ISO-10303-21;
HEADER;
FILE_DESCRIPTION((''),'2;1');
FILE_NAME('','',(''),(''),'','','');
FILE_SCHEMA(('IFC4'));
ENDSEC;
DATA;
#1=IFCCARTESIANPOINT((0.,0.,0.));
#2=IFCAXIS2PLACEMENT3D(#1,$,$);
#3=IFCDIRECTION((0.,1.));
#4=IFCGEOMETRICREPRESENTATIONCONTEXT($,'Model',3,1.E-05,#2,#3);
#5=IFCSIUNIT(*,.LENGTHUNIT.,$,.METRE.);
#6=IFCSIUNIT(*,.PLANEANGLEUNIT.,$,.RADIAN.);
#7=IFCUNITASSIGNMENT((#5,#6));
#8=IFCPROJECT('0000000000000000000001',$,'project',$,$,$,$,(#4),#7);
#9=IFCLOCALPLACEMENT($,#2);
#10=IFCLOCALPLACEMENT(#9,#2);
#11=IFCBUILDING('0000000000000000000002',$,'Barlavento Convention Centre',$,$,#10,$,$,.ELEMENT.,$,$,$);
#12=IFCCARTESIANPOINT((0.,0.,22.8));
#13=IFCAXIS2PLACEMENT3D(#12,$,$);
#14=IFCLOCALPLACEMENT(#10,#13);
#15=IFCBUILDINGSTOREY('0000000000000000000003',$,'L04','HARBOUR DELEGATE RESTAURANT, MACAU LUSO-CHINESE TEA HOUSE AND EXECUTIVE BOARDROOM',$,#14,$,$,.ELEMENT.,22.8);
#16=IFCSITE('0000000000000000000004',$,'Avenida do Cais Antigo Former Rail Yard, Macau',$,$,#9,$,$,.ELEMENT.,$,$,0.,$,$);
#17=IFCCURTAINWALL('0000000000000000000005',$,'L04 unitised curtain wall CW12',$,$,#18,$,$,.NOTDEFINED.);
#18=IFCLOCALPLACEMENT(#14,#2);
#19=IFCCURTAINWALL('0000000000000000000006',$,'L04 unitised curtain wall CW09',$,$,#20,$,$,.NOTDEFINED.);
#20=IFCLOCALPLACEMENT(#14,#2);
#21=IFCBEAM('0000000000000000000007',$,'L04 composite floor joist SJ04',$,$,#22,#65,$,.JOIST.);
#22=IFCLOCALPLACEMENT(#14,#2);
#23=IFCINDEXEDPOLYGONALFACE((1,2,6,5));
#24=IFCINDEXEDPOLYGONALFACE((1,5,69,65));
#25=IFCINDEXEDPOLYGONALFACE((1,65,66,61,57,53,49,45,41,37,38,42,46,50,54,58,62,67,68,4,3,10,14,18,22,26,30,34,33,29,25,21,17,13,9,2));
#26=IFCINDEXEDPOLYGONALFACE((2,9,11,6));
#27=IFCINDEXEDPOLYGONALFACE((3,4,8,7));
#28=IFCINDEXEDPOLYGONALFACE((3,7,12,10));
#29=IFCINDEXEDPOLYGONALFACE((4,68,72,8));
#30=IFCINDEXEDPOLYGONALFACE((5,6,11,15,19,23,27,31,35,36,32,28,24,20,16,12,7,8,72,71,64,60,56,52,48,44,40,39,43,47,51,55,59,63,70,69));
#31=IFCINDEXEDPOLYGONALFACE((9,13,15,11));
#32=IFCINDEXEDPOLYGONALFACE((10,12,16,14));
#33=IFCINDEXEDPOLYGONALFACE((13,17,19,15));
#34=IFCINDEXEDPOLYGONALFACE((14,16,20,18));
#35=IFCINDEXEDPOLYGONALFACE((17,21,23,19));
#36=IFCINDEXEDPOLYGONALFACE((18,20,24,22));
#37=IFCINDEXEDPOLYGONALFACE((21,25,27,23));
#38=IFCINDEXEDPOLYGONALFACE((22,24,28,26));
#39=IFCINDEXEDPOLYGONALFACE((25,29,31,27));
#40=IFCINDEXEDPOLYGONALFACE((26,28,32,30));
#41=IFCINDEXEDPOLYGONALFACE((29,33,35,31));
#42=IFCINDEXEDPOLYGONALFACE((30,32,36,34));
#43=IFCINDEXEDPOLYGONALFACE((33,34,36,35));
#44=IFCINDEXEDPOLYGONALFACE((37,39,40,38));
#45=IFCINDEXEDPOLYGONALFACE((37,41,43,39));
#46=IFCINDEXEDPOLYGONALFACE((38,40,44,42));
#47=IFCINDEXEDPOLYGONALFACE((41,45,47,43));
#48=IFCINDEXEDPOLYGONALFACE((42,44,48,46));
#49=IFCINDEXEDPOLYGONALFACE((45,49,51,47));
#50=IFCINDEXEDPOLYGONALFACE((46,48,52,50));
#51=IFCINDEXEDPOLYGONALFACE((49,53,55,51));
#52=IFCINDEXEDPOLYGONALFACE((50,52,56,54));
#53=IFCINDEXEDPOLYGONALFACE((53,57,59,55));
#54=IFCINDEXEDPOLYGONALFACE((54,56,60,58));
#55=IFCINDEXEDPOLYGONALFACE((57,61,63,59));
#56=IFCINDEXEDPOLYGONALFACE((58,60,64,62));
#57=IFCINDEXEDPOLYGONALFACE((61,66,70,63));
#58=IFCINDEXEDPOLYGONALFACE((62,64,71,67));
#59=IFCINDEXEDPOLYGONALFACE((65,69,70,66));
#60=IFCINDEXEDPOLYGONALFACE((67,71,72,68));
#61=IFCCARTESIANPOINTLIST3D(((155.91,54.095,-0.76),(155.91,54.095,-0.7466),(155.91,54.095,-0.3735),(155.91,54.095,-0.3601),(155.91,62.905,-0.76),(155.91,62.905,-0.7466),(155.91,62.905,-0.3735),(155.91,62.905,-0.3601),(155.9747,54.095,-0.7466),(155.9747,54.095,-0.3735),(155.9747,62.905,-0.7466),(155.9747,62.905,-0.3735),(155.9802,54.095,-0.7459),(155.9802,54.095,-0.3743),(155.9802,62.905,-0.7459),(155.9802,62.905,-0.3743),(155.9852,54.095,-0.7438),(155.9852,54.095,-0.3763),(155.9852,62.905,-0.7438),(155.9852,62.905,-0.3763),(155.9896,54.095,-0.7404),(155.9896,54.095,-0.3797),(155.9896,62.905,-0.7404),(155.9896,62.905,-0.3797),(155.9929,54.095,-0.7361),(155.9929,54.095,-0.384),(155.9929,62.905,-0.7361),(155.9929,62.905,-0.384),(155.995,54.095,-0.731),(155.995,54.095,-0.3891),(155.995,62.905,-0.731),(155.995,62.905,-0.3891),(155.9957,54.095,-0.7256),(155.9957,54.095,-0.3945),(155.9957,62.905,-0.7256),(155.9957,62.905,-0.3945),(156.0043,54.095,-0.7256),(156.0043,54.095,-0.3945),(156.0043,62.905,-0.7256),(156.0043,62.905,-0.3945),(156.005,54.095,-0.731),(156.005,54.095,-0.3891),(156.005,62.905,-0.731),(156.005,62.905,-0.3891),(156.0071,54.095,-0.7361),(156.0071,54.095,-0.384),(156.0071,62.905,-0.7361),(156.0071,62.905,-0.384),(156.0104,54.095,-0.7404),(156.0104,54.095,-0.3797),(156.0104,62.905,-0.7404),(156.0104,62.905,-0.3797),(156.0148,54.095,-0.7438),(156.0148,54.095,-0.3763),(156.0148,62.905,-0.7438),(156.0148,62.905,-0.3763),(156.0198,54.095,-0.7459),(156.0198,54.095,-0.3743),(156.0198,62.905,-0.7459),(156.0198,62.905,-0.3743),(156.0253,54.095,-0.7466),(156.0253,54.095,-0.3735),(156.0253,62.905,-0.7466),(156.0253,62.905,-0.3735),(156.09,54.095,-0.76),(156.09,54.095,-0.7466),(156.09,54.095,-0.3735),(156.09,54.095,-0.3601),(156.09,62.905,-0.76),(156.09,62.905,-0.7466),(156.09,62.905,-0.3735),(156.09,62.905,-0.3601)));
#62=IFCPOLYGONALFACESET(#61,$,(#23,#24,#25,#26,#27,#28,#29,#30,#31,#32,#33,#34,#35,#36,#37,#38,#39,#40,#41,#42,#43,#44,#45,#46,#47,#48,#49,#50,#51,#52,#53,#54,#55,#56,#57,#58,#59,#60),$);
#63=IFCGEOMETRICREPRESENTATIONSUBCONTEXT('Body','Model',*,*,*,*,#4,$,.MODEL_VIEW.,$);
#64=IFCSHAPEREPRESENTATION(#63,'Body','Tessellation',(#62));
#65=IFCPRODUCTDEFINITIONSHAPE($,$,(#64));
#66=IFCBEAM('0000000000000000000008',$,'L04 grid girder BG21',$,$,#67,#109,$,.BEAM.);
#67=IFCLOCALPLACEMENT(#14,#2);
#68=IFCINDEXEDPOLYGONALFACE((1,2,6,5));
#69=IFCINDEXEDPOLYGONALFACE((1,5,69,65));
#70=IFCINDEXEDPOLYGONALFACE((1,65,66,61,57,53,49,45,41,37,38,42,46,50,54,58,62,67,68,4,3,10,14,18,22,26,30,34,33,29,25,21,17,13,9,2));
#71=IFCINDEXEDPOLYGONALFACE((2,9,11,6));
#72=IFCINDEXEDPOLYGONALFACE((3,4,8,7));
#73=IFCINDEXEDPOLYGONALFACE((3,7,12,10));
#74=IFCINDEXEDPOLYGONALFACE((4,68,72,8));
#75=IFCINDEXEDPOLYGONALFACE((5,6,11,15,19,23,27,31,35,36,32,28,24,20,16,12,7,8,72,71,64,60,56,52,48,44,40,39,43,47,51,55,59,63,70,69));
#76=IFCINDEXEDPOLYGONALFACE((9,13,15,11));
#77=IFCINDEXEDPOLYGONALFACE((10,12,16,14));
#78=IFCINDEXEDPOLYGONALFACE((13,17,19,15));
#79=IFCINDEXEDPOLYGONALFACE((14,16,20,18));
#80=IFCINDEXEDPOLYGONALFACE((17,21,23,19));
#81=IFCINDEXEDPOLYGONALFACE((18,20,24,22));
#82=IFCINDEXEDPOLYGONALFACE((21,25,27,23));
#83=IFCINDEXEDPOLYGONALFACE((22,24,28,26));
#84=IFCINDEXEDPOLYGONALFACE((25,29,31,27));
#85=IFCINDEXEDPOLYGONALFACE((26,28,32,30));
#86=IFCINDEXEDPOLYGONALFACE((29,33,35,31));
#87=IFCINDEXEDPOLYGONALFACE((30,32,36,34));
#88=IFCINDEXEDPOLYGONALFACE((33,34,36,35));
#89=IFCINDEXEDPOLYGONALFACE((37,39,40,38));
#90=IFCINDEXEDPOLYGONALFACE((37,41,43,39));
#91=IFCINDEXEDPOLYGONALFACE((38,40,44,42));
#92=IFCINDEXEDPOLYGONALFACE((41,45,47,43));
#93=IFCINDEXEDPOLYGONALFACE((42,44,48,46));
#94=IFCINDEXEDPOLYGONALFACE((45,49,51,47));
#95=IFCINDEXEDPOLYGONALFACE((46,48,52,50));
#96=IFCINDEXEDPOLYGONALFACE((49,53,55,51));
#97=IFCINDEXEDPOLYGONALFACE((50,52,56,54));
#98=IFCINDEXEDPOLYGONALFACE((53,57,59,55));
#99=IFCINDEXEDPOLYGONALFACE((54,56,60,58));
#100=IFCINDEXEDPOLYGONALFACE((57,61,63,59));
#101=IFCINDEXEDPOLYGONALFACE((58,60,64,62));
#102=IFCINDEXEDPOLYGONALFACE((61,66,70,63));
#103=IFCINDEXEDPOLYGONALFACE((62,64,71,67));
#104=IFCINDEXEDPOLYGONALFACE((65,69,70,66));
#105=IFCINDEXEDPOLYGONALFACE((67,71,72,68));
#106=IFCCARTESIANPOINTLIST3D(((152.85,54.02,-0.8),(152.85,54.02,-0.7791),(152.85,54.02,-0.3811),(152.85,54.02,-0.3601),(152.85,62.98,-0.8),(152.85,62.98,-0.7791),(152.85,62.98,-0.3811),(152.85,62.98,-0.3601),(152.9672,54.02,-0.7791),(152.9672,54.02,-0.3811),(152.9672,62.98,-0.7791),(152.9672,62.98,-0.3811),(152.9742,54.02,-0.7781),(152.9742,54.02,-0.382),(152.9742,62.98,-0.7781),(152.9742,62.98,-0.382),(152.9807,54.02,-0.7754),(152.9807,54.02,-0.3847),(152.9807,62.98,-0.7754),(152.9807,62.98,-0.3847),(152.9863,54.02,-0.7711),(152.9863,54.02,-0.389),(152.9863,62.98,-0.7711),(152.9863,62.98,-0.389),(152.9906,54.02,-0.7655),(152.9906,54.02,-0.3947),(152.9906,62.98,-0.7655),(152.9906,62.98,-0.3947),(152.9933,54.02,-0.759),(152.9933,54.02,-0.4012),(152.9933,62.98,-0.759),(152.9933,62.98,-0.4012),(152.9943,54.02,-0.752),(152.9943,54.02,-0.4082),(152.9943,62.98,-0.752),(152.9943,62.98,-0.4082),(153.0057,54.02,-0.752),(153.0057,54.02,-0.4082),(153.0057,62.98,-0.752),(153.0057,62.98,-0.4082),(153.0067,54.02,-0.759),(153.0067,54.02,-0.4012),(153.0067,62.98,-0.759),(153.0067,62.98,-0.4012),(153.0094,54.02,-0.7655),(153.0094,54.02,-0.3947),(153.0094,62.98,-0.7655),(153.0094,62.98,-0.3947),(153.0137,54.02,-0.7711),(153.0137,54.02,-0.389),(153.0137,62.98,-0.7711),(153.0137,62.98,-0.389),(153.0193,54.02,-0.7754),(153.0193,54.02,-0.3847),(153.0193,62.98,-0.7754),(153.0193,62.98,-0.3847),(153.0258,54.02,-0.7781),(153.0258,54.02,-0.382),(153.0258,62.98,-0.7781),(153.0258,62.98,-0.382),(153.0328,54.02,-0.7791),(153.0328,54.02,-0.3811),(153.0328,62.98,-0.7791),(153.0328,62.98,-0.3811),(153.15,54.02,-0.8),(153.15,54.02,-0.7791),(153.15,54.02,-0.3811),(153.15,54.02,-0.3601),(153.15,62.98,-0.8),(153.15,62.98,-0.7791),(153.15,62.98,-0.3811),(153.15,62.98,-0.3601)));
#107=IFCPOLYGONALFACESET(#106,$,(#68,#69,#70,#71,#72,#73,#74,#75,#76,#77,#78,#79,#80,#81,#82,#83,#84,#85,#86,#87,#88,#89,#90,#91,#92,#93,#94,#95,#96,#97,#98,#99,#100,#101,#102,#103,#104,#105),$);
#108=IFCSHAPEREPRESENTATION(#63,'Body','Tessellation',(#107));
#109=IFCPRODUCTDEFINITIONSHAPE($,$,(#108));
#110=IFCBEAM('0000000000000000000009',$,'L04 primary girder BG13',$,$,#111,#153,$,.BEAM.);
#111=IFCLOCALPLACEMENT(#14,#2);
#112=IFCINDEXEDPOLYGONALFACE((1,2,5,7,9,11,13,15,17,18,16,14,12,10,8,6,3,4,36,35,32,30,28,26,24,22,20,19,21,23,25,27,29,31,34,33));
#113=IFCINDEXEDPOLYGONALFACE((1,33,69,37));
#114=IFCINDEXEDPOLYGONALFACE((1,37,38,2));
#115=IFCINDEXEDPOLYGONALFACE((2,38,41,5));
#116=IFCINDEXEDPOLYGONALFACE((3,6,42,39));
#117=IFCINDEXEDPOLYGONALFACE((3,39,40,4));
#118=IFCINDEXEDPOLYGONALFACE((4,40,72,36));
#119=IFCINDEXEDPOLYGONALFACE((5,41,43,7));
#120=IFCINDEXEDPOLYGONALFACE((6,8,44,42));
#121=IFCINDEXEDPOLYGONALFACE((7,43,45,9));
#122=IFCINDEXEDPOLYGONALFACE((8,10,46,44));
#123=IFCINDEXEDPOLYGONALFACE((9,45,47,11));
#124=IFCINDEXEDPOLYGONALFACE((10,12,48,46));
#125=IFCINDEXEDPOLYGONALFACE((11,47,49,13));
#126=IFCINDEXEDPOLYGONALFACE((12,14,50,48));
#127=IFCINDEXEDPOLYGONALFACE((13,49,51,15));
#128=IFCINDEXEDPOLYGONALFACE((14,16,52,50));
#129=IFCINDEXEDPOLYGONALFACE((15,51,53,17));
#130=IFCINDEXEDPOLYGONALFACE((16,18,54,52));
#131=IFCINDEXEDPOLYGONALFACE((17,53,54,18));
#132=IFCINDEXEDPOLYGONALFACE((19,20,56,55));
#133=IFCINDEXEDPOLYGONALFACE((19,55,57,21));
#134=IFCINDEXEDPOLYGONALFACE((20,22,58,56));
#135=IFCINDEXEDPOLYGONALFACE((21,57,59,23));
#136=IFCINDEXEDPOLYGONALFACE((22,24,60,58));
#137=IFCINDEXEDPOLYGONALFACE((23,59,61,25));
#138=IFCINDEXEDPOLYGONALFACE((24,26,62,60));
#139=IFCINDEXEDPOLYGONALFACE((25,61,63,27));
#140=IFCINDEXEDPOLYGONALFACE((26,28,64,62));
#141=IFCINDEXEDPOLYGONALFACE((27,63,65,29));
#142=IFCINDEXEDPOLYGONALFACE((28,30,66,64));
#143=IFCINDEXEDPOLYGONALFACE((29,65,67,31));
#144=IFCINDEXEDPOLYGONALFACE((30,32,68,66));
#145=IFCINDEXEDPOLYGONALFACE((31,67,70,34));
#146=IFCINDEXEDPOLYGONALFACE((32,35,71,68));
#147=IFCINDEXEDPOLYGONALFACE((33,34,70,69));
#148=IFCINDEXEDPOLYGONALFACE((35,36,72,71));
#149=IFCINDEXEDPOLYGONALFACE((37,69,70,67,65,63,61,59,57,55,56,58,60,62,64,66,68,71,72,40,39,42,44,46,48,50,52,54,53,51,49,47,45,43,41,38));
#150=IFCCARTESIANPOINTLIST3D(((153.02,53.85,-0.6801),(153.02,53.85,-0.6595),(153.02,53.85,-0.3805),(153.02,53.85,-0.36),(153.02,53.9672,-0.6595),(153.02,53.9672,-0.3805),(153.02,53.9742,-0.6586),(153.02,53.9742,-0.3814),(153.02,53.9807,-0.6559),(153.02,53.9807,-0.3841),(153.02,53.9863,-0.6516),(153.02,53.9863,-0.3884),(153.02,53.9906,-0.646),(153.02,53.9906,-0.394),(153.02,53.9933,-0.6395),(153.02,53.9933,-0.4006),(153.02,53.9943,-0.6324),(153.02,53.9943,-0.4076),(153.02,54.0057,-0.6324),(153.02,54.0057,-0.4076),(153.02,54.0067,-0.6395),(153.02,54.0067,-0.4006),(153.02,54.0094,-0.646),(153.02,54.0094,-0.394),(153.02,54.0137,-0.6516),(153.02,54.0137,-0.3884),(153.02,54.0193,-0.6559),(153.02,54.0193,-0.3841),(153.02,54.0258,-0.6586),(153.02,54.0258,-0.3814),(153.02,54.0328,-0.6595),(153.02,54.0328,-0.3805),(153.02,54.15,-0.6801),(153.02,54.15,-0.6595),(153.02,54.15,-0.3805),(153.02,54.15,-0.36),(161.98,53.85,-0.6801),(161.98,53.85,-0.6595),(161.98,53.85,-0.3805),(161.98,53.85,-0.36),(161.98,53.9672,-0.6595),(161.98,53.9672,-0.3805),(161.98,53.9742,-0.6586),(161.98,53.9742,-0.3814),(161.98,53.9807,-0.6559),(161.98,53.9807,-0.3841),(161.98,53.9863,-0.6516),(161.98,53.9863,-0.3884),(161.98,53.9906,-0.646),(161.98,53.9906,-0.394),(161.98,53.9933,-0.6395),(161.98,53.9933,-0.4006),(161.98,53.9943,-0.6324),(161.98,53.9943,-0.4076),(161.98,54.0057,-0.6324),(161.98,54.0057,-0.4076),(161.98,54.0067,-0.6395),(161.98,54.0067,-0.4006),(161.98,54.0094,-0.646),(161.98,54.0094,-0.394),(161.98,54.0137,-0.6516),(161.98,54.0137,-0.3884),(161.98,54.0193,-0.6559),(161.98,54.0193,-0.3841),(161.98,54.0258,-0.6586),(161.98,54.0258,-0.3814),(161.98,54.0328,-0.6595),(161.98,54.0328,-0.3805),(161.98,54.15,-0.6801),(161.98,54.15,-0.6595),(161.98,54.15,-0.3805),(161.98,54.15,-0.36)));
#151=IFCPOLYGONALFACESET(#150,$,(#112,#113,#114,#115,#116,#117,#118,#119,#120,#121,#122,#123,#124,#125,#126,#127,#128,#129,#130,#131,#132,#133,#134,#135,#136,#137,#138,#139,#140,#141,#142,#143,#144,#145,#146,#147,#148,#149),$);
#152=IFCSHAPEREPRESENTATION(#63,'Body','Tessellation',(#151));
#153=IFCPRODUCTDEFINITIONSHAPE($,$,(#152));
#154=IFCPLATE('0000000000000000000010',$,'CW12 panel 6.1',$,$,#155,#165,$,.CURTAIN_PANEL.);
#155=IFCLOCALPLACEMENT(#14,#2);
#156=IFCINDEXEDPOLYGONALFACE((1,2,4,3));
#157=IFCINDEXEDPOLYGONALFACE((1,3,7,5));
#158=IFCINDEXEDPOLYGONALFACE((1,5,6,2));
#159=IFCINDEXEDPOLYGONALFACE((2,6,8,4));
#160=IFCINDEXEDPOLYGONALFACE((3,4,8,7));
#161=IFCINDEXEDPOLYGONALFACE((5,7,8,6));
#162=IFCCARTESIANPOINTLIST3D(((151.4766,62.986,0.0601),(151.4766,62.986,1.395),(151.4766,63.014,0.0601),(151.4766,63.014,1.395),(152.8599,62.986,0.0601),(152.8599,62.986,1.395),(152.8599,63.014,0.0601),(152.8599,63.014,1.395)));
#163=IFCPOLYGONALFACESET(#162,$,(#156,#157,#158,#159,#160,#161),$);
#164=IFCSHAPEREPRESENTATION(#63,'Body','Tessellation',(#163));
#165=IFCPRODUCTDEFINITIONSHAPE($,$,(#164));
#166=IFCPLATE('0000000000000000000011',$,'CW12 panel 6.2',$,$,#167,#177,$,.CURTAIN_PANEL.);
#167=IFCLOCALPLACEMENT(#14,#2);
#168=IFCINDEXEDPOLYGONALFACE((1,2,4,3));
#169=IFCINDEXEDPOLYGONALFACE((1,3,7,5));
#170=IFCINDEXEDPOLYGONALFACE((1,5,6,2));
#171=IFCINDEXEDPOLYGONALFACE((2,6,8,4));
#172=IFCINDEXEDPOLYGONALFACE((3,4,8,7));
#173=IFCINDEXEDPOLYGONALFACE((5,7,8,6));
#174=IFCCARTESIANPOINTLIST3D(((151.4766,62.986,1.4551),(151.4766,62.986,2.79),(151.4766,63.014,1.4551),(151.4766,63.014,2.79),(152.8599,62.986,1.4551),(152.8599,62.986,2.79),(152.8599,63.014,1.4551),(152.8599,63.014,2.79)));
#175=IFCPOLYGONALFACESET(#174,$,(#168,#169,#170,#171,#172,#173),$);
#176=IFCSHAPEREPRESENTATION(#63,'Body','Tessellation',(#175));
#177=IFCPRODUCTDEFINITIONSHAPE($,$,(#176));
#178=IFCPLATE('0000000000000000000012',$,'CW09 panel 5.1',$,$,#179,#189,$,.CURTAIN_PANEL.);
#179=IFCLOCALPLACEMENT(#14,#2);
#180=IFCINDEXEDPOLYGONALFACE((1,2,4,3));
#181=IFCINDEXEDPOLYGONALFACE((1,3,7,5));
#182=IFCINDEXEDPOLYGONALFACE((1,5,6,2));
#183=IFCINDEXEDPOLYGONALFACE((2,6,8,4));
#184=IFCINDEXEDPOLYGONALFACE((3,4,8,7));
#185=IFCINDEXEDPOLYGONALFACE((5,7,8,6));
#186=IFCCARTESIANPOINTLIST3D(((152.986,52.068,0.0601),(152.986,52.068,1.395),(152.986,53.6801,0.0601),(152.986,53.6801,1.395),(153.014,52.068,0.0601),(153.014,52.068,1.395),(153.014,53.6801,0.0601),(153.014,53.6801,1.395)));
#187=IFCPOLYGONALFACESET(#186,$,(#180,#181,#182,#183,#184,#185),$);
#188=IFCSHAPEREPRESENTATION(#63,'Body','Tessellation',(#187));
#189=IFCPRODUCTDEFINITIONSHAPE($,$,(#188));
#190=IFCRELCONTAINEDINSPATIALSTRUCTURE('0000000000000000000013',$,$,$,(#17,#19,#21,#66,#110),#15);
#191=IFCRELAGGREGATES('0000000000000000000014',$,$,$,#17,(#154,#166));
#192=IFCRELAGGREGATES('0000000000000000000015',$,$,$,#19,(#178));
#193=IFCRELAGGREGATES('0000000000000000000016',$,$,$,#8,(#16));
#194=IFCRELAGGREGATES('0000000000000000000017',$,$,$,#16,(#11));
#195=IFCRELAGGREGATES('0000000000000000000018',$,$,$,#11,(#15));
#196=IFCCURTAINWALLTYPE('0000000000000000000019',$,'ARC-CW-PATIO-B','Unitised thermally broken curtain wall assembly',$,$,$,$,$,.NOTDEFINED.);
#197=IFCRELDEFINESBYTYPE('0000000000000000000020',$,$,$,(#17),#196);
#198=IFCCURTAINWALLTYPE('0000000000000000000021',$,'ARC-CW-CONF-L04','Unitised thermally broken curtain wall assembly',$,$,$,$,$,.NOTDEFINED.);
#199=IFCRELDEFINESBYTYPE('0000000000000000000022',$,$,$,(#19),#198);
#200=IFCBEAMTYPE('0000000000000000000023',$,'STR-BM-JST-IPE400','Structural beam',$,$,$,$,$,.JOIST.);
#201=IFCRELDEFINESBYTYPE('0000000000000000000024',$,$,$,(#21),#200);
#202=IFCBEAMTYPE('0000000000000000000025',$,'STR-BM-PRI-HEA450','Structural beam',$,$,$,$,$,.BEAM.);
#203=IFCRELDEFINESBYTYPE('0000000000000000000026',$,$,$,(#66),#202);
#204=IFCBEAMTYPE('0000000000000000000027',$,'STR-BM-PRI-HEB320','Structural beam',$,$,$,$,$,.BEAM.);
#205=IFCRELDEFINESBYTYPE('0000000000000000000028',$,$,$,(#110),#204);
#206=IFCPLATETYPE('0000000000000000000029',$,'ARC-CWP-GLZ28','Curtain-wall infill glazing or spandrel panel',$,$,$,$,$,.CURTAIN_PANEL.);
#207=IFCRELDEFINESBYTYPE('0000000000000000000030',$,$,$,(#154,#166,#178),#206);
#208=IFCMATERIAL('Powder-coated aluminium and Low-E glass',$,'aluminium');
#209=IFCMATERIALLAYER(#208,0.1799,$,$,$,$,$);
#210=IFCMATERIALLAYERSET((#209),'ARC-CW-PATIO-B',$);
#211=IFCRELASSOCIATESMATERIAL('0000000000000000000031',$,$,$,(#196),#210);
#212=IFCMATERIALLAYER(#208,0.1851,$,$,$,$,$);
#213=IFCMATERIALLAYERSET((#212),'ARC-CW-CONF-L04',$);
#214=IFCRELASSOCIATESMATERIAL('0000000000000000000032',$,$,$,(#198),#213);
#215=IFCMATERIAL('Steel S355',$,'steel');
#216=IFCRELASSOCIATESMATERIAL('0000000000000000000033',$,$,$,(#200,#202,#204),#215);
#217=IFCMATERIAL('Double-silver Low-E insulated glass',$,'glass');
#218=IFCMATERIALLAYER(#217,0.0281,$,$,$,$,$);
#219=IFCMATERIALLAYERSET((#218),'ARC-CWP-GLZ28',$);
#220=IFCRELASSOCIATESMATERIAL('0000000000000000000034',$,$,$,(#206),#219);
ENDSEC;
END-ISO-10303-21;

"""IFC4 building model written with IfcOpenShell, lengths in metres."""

from ifc_helpers import new_model, si_unit, direction, frame, origin, origin_2d, place, context, subcontext, project, spatial, rectangle, i_section, extrude, material, layer, layer_set, material_profile, profile_set, type_object, element, aggregate, save


model = new_model("IFC4")

# Units and contexts
model_context = context("Model", 3, precision=1e-05, world=origin(), true_north=direction((0.0, 1.0)))
body_context = subcontext(model_context, "Body", "Model", "MODEL_VIEW")
ifc_project = project(units=[si_unit("LENGTHUNIT", "METRE"), si_unit("PLANEANGLEUNIT", "RADIAN")], contexts=[model_context])

# Site, building, storey
site_placement = place(None, origin())
site = spatial("IfcSite", under=ifc_project, at=site_placement, Name="Avenida do Cais Antigo Former Rail Yard, Macau", CompositionType="ELEMENT", RefElevation=0.0)
building_placement = place(site_placement, origin())
building = spatial("IfcBuilding", under=site, at=building_placement, Name="Barlavento Convention Centre", CompositionType="ELEMENT")
storey_placement = place(building_placement, frame((0.0, 0.0, 22.8)))
storey = spatial("IfcBuildingStorey", under=building, at=storey_placement, Name="L04", Description="HARBOUR DELEGATE RESTAURANT, MACAU LUSO-CHINESE TEA HOUSE AND EXECUTIVE BOARDROOM", CompositionType="ELEMENT", Elevation=22.8)

# Shared definitions
ifc_material_1 = material(Name="Steel S355", Category="steel")

# Curtain wall
ifc_material_2 = material(Name="Powder-coated aluminium and Low-E glass", Category="aluminium")
ifc_layer_1 = layer(ifc_material_2, 0.1799)
ifc_layer_set_1 = layer_set([ifc_layer_1], Name="ARC-CW-PATIO-B")
curtain_wall_type_1 = type_object("IfcCurtainWallType", Name="ARC-CW-PATIO-B", Description="Unitised thermally broken curtain wall assembly", PredefinedType="NOTDEFINED", material=ifc_layer_set_1)
curtain_wall_1_placement = place(storey_placement, origin())
curtain_wall_1 = element("IfcCurtainWall", 1, at=curtain_wall_1_placement, inside=storey, type_object=curtain_wall_type_1, Name="L04 unitised curtain wall CW12", PredefinedType="NOTDEFINED")

# Curtain wall
ifc_layer_2 = layer(ifc_material_2, 0.1851)
ifc_layer_set_2 = layer_set([ifc_layer_2], Name="ARC-CW-CONF-L04")
curtain_wall_type_2 = type_object("IfcCurtainWallType", Name="ARC-CW-CONF-L04", Description="Unitised thermally broken curtain wall assembly", PredefinedType="NOTDEFINED", material=ifc_layer_set_2)
curtain_wall_2_placement = place(storey_placement, origin())
curtain_wall_2 = element("IfcCurtainWall", 2, at=curtain_wall_2_placement, inside=storey, type_object=curtain_wall_type_2, Name="L04 unitised curtain wall CW09", PredefinedType="NOTDEFINED")

# Beams
ifc_material_profile_1 = material_profile(ifc_material_1, i_section(OverallWidth=0.1799, OverallDepth=0.3999, WebThickness=0.0085, FlangeThickness=0.0134, FilletRadius=0.021, at=origin_2d()), Name="IPE 400")
ifc_profile_set_1 = profile_set([ifc_material_profile_1], Name="Steel S355")
beam_type_1 = type_object("IfcBeamType", Name="STR-BM-JST-IPE400", Description="Structural beam", PredefinedType="JOIST", material=ifc_profile_set_1)
beam_1_placement = place(storey_placement, frame((156.0, 54.095, -0.5601), z_axis=(0.0, 1.0, 0.0), x_axis=(-1.0, 0.0, 0.0)))
element("IfcBeam", 3, at=beam_1_placement, inside=storey, type_object=beam_type_1, Name="L04 composite floor joist SJ04", PredefinedType="JOIST", context=body_context, shape_type="SweptSolid", body=[
    extrude(i_section(OverallWidth=0.1799, OverallDepth=0.3999, WebThickness=0.0085, FlangeThickness=0.0134, FilletRadius=0.021, at=origin_2d()), origin(), (0.0, 0.0, 1.0), 8.8101),
])
ifc_material_profile_2 = material_profile(ifc_material_1, i_section(OverallWidth=0.3, OverallDepth=0.4399, WebThickness=0.0115, FlangeThickness=0.021, FilletRadius=0.0271, at=origin_2d()), Name="HEA 450")
ifc_profile_set_2 = profile_set([ifc_material_profile_2], Name="Steel S355")
beam_type_2 = type_object("IfcBeamType", Name="STR-BM-PRI-HEA450", Description="Structural beam", PredefinedType="BEAM", material=ifc_profile_set_2)
beam_2_placement = place(storey_placement, frame((153.0, 54.02, -0.5801), z_axis=(0.0, 1.0, 0.0), x_axis=(-1.0, 0.0, 0.0)))
element("IfcBeam", 4, at=beam_2_placement, inside=storey, type_object=beam_type_2, Name="L04 grid girder BG21", PredefinedType="BEAM", context=body_context, shape_type="SweptSolid", body=[
    extrude(i_section(OverallWidth=0.3, OverallDepth=0.4399, WebThickness=0.0115, FlangeThickness=0.021, FilletRadius=0.0271, at=origin_2d()), origin(), (0.0, 0.0, 1.0), 8.96),
])
ifc_material_profile_3 = material_profile(ifc_material_1, i_section(OverallWidth=0.3, OverallDepth=0.3201, WebThickness=0.0115, FlangeThickness=0.0205, FilletRadius=0.0271, at=origin_2d()), Name="HEB 320")
ifc_profile_set_3 = profile_set([ifc_material_profile_3], Name="Steel S355")
beam_type_3 = type_object("IfcBeamType", Name="STR-BM-PRI-HEB320", Description="Structural beam", PredefinedType="BEAM", material=ifc_profile_set_3)
beam_3_placement = place(storey_placement, frame((153.02, 54.0, -0.52), z_axis=(1.0, 0.0, 0.0), x_axis=(0.0, 1.0, 0.0)))
element("IfcBeam", 5, at=beam_3_placement, inside=storey, type_object=beam_type_3, Name="L04 primary girder BG13", PredefinedType="BEAM", context=body_context, shape_type="SweptSolid", body=[
    extrude(i_section(OverallWidth=0.3, OverallDepth=0.3201, WebThickness=0.0115, FlangeThickness=0.0205, FilletRadius=0.0271, at=origin_2d()), origin(), (0.0, 0.0, 1.0), 8.96),
])

# Plates
ifc_material_3 = material(Name="Double-silver Low-E insulated glass", Category="glass")
ifc_layer_3 = layer(ifc_material_3, 0.0281)
ifc_layer_set_3 = layer_set([ifc_layer_3], Name="ARC-CWP-GLZ28")
plate_type = type_object("IfcPlateType", Name="ARC-CWP-GLZ28", Description="Curtain-wall infill glazing or spandrel panel", PredefinedType="CURTAIN_PANEL", material=ifc_layer_set_3)
plate_1_placement = place(storey_placement, frame((152.1682, 63.0, 0.0601), z_axis=(0.0, 0.0, 1.0), x_axis=(1.0, 0.0, 0.0)))
plate_1 = element("IfcPlate", 6, at=plate_1_placement, type_object=plate_type, Name="CW12 panel 6.1", PredefinedType="CURTAIN_PANEL", context=body_context, shape_type="SweptSolid", body=[
    extrude(rectangle(XDim=1.3833, YDim=0.0281, at=origin_2d()), origin(), (0.0, 0.0, 1.0), 1.335),
])
plate_2_placement = place(storey_placement, frame((152.1682, 63.0, 1.4551), z_axis=(0.0, 0.0, 1.0), x_axis=(1.0, 0.0, 0.0)))
plate_2 = element("IfcPlate", 7, at=plate_2_placement, type_object=plate_type, Name="CW12 panel 6.2", PredefinedType="CURTAIN_PANEL", context=body_context, shape_type="SweptSolid", body=[
    extrude(rectangle(XDim=1.3833, YDim=0.0281, at=origin_2d()), origin(), (0.0, 0.0, 1.0), 1.335),
])
aggregate(curtain_wall_1, [plate_1, plate_2])
plate_3_placement = place(storey_placement, frame((153.0, 52.874, 0.0601), z_axis=(0.0, 0.0, 1.0), x_axis=(0.0, 1.0, 0.0)))
plate_3 = element("IfcPlate", 8, at=plate_3_placement, type_object=plate_type, Name="CW09 panel 5.1", PredefinedType="CURTAIN_PANEL", context=body_context, shape_type="SweptSolid", body=[
    extrude(rectangle(XDim=1.6121, YDim=0.0281, at=origin_2d()), origin(), (0.0, 0.0, 1.0), 1.335),
])
aggregate(curtain_wall_2, [plate_3])

save(model, "model.ifc")
